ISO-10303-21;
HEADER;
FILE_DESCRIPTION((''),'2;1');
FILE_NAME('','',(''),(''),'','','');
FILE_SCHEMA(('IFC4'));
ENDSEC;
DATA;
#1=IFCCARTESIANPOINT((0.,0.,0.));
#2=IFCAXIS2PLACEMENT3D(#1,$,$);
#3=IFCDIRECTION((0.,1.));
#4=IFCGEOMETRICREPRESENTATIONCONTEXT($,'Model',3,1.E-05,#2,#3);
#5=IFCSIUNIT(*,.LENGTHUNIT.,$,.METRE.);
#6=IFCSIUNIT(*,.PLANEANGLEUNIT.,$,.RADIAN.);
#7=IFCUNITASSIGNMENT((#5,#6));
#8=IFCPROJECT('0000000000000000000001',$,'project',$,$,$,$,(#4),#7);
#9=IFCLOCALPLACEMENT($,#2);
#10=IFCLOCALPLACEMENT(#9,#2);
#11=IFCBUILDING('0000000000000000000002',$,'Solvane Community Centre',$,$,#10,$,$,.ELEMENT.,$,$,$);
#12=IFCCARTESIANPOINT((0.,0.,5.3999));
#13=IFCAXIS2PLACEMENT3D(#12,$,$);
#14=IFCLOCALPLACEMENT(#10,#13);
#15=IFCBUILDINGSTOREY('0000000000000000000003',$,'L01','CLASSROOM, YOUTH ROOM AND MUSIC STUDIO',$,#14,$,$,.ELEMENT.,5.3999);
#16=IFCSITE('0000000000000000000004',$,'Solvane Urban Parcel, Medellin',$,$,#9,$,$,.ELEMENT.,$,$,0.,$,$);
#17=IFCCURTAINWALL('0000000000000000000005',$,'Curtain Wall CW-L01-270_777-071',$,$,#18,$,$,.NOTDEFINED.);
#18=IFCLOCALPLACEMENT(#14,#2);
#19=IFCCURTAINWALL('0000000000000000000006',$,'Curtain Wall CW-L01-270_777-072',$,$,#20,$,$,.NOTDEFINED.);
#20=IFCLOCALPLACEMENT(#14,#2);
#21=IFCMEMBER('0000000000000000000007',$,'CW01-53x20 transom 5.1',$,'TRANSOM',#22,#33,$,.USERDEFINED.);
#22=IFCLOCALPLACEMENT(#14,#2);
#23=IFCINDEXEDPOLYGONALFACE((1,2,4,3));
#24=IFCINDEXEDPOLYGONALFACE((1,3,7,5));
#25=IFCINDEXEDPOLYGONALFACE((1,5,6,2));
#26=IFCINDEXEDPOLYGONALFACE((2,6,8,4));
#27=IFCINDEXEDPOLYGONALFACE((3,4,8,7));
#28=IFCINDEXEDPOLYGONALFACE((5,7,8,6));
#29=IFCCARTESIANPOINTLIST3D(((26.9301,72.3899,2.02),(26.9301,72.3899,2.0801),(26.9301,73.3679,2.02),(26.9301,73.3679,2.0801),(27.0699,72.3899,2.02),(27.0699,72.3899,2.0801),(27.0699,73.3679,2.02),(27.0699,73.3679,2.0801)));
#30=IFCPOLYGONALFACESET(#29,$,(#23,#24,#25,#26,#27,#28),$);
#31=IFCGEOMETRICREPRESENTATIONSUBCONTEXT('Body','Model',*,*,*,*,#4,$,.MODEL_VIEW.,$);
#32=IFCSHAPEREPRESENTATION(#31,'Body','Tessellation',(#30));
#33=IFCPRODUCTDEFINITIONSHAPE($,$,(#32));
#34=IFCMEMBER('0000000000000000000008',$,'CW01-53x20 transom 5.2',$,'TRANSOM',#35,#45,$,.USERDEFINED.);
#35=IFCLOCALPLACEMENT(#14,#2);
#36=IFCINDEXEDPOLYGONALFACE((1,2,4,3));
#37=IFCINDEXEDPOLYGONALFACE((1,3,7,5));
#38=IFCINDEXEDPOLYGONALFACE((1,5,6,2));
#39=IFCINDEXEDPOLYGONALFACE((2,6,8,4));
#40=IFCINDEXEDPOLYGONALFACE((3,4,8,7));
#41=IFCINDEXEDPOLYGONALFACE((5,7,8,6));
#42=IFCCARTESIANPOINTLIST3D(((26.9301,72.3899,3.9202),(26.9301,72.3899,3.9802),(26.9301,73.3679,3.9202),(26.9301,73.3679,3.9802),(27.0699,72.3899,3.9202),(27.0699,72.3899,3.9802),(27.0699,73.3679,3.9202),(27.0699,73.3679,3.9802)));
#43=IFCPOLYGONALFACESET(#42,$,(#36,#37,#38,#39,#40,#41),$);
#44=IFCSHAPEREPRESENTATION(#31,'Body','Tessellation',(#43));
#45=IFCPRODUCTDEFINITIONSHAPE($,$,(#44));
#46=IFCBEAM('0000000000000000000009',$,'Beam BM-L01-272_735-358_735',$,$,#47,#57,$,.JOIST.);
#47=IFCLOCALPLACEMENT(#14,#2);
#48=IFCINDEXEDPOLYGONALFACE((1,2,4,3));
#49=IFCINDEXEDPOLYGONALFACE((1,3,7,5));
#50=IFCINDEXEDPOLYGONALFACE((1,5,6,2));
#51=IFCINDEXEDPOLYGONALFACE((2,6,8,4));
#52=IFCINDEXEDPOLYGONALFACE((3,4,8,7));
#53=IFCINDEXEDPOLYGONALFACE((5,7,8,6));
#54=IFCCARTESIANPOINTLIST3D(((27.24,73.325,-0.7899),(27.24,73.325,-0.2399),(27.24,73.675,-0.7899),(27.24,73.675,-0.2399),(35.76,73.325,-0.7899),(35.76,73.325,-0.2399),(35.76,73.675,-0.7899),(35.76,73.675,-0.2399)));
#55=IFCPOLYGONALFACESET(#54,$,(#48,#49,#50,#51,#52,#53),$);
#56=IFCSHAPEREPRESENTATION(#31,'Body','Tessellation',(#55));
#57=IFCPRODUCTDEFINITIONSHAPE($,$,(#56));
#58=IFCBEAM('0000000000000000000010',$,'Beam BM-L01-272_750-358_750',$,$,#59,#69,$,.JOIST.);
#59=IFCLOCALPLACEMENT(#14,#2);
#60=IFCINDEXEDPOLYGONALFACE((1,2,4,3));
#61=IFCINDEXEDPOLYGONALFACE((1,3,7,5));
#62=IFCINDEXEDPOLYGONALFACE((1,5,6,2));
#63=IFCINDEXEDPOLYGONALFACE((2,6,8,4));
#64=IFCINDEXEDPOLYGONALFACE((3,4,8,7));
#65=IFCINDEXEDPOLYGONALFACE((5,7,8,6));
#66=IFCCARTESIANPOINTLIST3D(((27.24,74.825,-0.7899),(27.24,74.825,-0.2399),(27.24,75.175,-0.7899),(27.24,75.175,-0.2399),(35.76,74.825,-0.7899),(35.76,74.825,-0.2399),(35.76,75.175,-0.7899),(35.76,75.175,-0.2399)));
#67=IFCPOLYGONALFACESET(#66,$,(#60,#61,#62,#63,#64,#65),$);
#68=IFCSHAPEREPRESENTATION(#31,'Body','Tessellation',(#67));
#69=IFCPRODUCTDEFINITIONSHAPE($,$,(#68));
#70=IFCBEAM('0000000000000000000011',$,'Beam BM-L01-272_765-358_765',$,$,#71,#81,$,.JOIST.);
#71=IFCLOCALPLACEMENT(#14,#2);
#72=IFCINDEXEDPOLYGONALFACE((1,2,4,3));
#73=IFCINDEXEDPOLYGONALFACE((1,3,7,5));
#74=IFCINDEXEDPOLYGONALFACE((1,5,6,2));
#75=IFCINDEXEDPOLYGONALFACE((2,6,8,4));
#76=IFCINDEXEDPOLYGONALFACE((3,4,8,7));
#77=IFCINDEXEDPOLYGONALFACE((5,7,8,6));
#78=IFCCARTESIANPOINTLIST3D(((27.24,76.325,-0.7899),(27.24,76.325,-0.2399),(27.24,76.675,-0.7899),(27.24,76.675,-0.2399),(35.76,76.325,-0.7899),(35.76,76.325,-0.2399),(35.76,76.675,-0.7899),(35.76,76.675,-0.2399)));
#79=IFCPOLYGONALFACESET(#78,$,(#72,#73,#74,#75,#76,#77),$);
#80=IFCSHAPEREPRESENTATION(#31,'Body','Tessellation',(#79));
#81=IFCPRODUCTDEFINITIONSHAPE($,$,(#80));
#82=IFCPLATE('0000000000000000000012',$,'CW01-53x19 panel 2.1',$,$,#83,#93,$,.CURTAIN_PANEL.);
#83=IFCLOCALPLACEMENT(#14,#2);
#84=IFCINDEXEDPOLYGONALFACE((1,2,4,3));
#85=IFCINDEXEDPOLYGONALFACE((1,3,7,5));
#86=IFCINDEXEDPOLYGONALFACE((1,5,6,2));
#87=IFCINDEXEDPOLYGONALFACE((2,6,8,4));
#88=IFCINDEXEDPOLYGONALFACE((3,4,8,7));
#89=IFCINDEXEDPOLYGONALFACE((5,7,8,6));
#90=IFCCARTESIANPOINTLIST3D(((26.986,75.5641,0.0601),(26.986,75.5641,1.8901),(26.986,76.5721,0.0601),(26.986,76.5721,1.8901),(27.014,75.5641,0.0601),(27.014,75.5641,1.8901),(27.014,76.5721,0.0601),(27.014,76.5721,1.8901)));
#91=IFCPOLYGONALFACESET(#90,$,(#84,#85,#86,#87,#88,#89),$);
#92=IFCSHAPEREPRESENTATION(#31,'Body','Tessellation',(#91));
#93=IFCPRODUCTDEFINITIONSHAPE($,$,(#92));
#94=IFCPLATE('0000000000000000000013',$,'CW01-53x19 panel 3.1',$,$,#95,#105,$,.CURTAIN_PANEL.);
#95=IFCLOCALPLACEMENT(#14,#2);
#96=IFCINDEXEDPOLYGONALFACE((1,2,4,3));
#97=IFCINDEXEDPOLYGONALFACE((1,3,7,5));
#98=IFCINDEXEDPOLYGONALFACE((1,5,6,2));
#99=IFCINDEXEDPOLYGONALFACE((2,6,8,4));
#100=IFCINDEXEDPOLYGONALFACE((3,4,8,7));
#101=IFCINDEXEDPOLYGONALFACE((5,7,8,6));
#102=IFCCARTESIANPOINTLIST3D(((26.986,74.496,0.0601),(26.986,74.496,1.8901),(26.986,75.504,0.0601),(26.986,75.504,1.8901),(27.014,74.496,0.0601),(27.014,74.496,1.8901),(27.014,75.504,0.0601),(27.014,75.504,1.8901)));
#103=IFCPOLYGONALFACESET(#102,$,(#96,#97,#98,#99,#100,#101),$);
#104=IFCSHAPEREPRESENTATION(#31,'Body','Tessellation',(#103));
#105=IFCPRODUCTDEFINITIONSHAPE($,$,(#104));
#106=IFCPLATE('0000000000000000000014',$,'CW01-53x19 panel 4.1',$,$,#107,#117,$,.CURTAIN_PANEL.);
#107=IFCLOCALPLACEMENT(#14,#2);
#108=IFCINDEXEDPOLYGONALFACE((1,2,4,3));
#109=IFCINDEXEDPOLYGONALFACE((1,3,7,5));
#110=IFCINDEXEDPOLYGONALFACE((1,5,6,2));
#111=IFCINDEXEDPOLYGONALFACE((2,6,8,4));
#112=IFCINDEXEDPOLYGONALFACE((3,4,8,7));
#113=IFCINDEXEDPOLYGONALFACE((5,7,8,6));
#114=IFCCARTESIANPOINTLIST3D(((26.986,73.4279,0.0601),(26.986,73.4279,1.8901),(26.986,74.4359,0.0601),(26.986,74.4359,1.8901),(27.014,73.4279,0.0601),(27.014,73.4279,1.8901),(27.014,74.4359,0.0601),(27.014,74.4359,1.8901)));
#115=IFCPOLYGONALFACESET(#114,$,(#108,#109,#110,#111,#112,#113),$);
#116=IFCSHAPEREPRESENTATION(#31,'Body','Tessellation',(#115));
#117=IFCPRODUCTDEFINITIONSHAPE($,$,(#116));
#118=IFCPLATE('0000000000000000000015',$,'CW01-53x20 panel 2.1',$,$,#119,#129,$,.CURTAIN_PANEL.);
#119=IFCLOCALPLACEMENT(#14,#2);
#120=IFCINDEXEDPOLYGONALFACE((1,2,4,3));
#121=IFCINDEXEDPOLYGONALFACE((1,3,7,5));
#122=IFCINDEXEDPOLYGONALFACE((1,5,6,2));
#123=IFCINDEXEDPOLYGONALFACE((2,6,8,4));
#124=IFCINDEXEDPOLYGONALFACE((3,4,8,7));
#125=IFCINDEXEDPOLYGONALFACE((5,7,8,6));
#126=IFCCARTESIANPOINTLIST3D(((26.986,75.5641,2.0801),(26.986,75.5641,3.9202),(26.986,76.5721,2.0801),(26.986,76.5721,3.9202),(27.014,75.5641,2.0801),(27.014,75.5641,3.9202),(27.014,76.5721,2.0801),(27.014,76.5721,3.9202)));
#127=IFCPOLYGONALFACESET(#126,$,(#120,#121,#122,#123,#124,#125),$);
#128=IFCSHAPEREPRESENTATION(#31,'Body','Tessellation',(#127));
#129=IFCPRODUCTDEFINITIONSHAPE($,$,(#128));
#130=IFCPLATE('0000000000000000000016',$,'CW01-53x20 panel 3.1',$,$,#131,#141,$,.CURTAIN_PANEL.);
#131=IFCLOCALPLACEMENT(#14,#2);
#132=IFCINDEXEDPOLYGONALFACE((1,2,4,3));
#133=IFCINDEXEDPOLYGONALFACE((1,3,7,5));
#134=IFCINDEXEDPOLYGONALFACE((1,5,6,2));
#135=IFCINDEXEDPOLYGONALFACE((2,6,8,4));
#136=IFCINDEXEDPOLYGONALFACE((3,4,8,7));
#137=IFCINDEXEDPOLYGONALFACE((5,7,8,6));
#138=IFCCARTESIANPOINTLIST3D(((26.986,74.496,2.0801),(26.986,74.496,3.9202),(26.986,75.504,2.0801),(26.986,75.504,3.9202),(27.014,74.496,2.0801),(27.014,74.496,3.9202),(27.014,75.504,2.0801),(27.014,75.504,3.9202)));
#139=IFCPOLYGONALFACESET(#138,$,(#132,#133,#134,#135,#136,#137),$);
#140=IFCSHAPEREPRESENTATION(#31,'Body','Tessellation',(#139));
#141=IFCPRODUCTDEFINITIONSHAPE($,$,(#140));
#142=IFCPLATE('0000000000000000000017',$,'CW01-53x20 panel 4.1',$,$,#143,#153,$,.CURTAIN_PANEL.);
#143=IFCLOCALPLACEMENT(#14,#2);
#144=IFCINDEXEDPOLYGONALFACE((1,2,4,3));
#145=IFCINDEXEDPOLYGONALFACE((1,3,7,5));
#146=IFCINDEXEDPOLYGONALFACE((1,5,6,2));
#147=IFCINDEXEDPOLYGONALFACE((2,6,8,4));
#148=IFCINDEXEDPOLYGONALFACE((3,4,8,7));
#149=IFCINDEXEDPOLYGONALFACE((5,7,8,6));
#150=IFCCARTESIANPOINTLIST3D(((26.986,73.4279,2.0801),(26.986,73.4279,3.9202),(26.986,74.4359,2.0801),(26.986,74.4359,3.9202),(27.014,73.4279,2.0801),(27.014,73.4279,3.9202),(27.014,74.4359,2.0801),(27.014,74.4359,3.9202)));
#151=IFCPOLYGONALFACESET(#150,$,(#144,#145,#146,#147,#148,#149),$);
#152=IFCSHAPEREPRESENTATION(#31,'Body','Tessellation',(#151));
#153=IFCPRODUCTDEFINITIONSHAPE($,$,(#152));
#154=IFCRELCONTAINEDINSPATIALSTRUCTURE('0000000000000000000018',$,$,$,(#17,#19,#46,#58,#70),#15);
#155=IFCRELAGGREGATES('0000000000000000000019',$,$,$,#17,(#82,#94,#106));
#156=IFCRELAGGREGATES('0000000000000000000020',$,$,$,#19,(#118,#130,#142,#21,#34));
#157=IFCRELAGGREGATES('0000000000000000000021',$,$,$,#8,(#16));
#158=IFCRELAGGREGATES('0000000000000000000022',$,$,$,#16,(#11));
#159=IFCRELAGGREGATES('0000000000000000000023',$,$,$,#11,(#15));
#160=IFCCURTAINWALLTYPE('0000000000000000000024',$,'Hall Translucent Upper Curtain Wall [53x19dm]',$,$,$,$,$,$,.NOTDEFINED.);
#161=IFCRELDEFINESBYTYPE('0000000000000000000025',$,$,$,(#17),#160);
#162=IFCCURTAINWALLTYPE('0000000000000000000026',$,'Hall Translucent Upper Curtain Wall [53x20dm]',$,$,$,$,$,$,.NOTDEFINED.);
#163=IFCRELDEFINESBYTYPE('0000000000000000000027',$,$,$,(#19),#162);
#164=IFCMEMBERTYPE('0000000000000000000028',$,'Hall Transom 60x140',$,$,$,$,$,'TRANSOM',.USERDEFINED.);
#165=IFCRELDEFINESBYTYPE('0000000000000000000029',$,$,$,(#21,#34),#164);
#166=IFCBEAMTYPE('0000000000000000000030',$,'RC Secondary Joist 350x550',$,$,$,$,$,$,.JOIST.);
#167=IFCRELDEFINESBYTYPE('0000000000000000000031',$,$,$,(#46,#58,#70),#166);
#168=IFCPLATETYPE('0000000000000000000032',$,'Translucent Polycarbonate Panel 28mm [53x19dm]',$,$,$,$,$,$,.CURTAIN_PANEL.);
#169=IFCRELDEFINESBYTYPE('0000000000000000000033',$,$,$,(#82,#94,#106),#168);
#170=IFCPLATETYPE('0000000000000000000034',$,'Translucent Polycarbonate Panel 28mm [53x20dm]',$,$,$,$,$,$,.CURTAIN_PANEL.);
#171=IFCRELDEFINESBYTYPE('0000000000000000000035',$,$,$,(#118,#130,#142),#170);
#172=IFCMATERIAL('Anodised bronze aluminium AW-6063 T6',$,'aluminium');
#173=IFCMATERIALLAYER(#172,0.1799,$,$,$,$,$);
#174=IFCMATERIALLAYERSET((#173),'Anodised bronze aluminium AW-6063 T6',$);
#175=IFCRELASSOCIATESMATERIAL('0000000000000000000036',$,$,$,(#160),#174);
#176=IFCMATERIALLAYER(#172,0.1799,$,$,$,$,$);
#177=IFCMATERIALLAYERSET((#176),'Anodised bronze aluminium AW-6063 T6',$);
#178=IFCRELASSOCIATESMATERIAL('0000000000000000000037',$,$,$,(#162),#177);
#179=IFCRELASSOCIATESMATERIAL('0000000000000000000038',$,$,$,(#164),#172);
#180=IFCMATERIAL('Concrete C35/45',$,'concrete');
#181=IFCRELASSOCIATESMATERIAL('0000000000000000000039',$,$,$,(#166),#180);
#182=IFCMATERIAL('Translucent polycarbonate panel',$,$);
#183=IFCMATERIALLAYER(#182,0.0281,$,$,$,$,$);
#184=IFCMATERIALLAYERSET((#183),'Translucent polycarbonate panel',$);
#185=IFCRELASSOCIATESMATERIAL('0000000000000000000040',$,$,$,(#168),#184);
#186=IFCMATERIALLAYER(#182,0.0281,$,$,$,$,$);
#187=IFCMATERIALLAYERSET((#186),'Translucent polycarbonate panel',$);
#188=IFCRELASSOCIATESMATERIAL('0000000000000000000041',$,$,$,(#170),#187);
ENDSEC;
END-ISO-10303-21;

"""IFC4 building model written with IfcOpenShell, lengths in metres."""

from ifc_helpers import new_model, si_unit, direction, frame, origin, origin_2d, place, context, subcontext, project, spatial, rectangle, extrude, material, layer, layer_set, material_profile, profile_set, type_object, element, aggregate, save


model = new_model("IFC4")

# Units and contexts
model_context = context("Model", 3, precision=1e-05, world=origin(), true_north=direction((0.0, 1.0)))
body_context = subcontext(model_context, "Body", "Model", "MODEL_VIEW")
ifc_project = project(units=[si_unit("LENGTHUNIT", "METRE"), si_unit("PLANEANGLEUNIT", "RADIAN")], contexts=[model_context])

# Site, building, storey
site_placement = place(None, origin())
site = spatial("IfcSite", under=ifc_project, at=site_placement, Name="Solvane Urban Parcel, Medellin", CompositionType="ELEMENT", RefElevation=0.0)
building_placement = place(site_placement, origin())
building = spatial("IfcBuilding", under=site, at=building_placement, Name="Solvane Community Centre", CompositionType="ELEMENT")
storey_placement = place(building_placement, frame((0.0, 0.0, 5.3999)))
storey = spatial("IfcBuildingStorey", under=building, at=storey_placement, Name="L01", Description="CLASSROOM, YOUTH ROOM AND MUSIC STUDIO", CompositionType="ELEMENT", Elevation=5.3999)

# Curtain walls
ifc_material_1 = material(Name="Anodised bronze aluminium AW-6063 T6", Category="aluminium")
ifc_layer_1 = layer(ifc_material_1, 0.1799)
ifc_layer_set_1 = layer_set([ifc_layer_1], Name="Anodised bronze aluminium AW-6063 T6")
curtain_wall_type_1 = type_object("IfcCurtainWallType", Name="Hall Translucent Upper Curtain Wall [53x19dm]", PredefinedType="NOTDEFINED", material=ifc_layer_set_1)
curtain_wall_1_placement = place(storey_placement, origin())
curtain_wall_1 = element("IfcCurtainWall", 1, at=curtain_wall_1_placement, inside=storey, type_object=curtain_wall_type_1, Name="Curtain Wall CW-L01-270_777-071", PredefinedType="NOTDEFINED")
ifc_layer_2 = layer(ifc_material_1, 0.1799)
ifc_layer_set_2 = layer_set([ifc_layer_2], Name="Anodised bronze aluminium AW-6063 T6")
curtain_wall_type_2 = type_object("IfcCurtainWallType", Name="Hall Translucent Upper Curtain Wall [53x20dm]", PredefinedType="NOTDEFINED", material=ifc_layer_set_2)
curtain_wall_2_placement = place(storey_placement, origin())
curtain_wall_2 = element("IfcCurtainWall", 2, at=curtain_wall_2_placement, inside=storey, type_object=curtain_wall_type_2, Name="Curtain Wall CW-L01-270_777-072", PredefinedType="NOTDEFINED")

# Members
ifc_material_profile_1 = material_profile(ifc_material_1, rectangle(XDim=0.1399, YDim=0.0601, at=origin_2d()), Name="CW-T 60x140")
ifc_profile_set_1 = profile_set([ifc_material_profile_1], Name="Anodised bronze aluminium AW-6063 T6")
member_type_1 = type_object("IfcMemberType", Name="Hall Transom 60x140", ElementType="TRANSOM", PredefinedType="USERDEFINED", material=ifc_profile_set_1)
member_1_placement = place(storey_placement, frame((27.0, 73.3679, 2.05), z_axis=(0.0, -1.0, 0.0), x_axis=(1.0, 0.0, 0.0)))
member_1 = element("IfcMember", 3, at=member_1_placement, type_object=member_type_1, Name="CW01-53x20 transom 5.1", ObjectType="TRANSOM", PredefinedType="USERDEFINED", context=body_context, shape_type="SweptSolid", body=[
    extrude(rectangle(XDim=0.1399, YDim=0.0601, at=origin_2d()), origin(), (0.0, 0.0, 1.0), 0.978),
])
member_2_placement = place(storey_placement, frame((27.0, 73.3679, 3.9502), z_axis=(0.0, -1.0, 0.0), x_axis=(1.0, 0.0, 0.0)))
member_2 = element("IfcMember", 4, at=member_2_placement, type_object=member_type_1, Name="CW01-53x20 transom 5.2", ObjectType="TRANSOM", PredefinedType="USERDEFINED", context=body_context, shape_type="SweptSolid", body=[
    extrude(rectangle(XDim=0.1399, YDim=0.0601, at=origin_2d()), origin(), (0.0, 0.0, 1.0), 0.978),
])

# Beams
ifc_material_2 = material(Name="Concrete C35/45", Category="concrete")
ifc_material_profile_2 = material_profile(ifc_material_2, rectangle(XDim=0.3501, YDim=0.55, at=origin_2d()), Name="RC 350x550")
ifc_profile_set_2 = profile_set([ifc_material_profile_2], Name="Concrete C35/45")
beam_type = type_object("IfcBeamType", Name="RC Secondary Joist 350x550", PredefinedType="JOIST", material=ifc_profile_set_2)
for number, where, z_axis, x_axis, name in (
    (5, (27.24, 73.5, -0.5149), (1.0, 0.0, 0.0), (0.0, 1.0, 0.0), "Beam BM-L01-272_735-358_735"),
    (6, (27.24, 75.0, -0.5149), (1.0, 0.0, 0.0), (0.0, 1.0, 0.0), "Beam BM-L01-272_750-358_750"),
    (7, (27.24, 76.5, -0.5149), (1.0, 0.0, 0.0), (0.0, 1.0, 0.0), "Beam BM-L01-272_765-358_765"),
):
    element("IfcBeam", number, at=place(storey_placement, frame(where, z_axis=z_axis, x_axis=x_axis)), inside=storey, type_object=beam_type, Name=name, PredefinedType="JOIST", context=body_context, shape_type="SweptSolid", body=[
        extrude(rectangle(XDim=0.3501, YDim=0.55, at=origin_2d()), origin(), (0.0, 0.0, 1.0), 8.52),
    ])

# Plates
ifc_material_3 = material(Name="Translucent polycarbonate panel")
ifc_layer_3 = layer(ifc_material_3, 0.0281)
ifc_layer_set_3 = layer_set([ifc_layer_3], Name="Translucent polycarbonate panel")
plate_type_1 = type_object("IfcPlateType", Name="Translucent Polycarbonate Panel 28mm [53x19dm]", PredefinedType="CURTAIN_PANEL", material=ifc_layer_set_3)
plate_1_placement = place(storey_placement, frame((27.0, 76.0681, 0.0601), z_axis=(0.0, 0.0, 1.0), x_axis=(0.0, -1.0, 0.0)))
plate_1 = element("IfcPlate", 8, at=plate_1_placement, type_object=plate_type_1, Name="CW01-53x19 panel 2.1", PredefinedType="CURTAIN_PANEL", context=body_context, shape_type="SweptSolid", body=[
    extrude(rectangle(XDim=1.0081, YDim=0.0281, at=origin_2d()), origin(), (0.0, 0.0, 1.0), 1.8301),
])
plate_2_placement = place(storey_placement, frame((27.0, 75.0, 0.0601), z_axis=(0.0, 0.0, 1.0), x_axis=(0.0, -1.0, 0.0)))
plate_2 = element("IfcPlate", 9, at=plate_2_placement, type_object=plate_type_1, Name="CW01-53x19 panel 3.1", PredefinedType="CURTAIN_PANEL", context=body_context, shape_type="SweptSolid", body=[
    extrude(rectangle(XDim=1.0081, YDim=0.0281, at=origin_2d()), origin(), (0.0, 0.0, 1.0), 1.8301),
])
plate_3_placement = place(storey_placement, frame((27.0, 73.9319, 0.0601), z_axis=(0.0, 0.0, 1.0), x_axis=(0.0, -1.0, 0.0)))
plate_3 = element("IfcPlate", 10, at=plate_3_placement, type_object=plate_type_1, Name="CW01-53x19 panel 4.1", PredefinedType="CURTAIN_PANEL", context=body_context, shape_type="SweptSolid", body=[
    extrude(rectangle(XDim=1.0081, YDim=0.0281, at=origin_2d()), origin(), (0.0, 0.0, 1.0), 1.8301),
])
aggregate(curtain_wall_1, [plate_1, plate_2, plate_3])
ifc_layer_4 = layer(ifc_material_3, 0.0281)
ifc_layer_set_4 = layer_set([ifc_layer_4], Name="Translucent polycarbonate panel")
plate_type_2 = type_object("IfcPlateType", Name="Translucent Polycarbonate Panel 28mm [53x20dm]", PredefinedType="CURTAIN_PANEL", material=ifc_layer_set_4)
plate_4_placement = place(storey_placement, frame((27.0, 76.0681, 2.0801), z_axis=(0.0, 0.0, 1.0), x_axis=(0.0, -1.0, 0.0)))
plate_4 = element("IfcPlate", 11, at=plate_4_placement, type_object=plate_type_2, Name="CW01-53x20 panel 2.1", PredefinedType="CURTAIN_PANEL", context=body_context, shape_type="SweptSolid", body=[
    extrude(rectangle(XDim=1.0081, YDim=0.0281, at=origin_2d()), origin(), (0.0, 0.0, 1.0), 1.8401),
])
plate_5_placement = place(storey_placement, frame((27.0, 75.0, 2.0801), z_axis=(0.0, 0.0, 1.0), x_axis=(0.0, -1.0, 0.0)))
plate_5 = element("IfcPlate", 12, at=plate_5_placement, type_object=plate_type_2, Name="CW01-53x20 panel 3.1", PredefinedType="CURTAIN_PANEL", context=body_context, shape_type="SweptSolid", body=[
    extrude(rectangle(XDim=1.0081, YDim=0.0281, at=origin_2d()), origin(), (0.0, 0.0, 1.0), 1.8401),
])
plate_6_placement = place(storey_placement, frame((27.0, 73.9319, 2.0801), z_axis=(0.0, 0.0, 1.0), x_axis=(0.0, -1.0, 0.0)))
plate_6 = element("IfcPlate", 13, at=plate_6_placement, type_object=plate_type_2, Name="CW01-53x20 panel 4.1", PredefinedType="CURTAIN_PANEL", context=body_context, shape_type="SweptSolid", body=[
    extrude(rectangle(XDim=1.0081, YDim=0.0281, at=origin_2d()), origin(), (0.0, 0.0, 1.0), 1.8401),
])
aggregate(curtain_wall_2, [plate_4, plate_5, plate_6, member_1, member_2])

save(model, "model.ifc")
